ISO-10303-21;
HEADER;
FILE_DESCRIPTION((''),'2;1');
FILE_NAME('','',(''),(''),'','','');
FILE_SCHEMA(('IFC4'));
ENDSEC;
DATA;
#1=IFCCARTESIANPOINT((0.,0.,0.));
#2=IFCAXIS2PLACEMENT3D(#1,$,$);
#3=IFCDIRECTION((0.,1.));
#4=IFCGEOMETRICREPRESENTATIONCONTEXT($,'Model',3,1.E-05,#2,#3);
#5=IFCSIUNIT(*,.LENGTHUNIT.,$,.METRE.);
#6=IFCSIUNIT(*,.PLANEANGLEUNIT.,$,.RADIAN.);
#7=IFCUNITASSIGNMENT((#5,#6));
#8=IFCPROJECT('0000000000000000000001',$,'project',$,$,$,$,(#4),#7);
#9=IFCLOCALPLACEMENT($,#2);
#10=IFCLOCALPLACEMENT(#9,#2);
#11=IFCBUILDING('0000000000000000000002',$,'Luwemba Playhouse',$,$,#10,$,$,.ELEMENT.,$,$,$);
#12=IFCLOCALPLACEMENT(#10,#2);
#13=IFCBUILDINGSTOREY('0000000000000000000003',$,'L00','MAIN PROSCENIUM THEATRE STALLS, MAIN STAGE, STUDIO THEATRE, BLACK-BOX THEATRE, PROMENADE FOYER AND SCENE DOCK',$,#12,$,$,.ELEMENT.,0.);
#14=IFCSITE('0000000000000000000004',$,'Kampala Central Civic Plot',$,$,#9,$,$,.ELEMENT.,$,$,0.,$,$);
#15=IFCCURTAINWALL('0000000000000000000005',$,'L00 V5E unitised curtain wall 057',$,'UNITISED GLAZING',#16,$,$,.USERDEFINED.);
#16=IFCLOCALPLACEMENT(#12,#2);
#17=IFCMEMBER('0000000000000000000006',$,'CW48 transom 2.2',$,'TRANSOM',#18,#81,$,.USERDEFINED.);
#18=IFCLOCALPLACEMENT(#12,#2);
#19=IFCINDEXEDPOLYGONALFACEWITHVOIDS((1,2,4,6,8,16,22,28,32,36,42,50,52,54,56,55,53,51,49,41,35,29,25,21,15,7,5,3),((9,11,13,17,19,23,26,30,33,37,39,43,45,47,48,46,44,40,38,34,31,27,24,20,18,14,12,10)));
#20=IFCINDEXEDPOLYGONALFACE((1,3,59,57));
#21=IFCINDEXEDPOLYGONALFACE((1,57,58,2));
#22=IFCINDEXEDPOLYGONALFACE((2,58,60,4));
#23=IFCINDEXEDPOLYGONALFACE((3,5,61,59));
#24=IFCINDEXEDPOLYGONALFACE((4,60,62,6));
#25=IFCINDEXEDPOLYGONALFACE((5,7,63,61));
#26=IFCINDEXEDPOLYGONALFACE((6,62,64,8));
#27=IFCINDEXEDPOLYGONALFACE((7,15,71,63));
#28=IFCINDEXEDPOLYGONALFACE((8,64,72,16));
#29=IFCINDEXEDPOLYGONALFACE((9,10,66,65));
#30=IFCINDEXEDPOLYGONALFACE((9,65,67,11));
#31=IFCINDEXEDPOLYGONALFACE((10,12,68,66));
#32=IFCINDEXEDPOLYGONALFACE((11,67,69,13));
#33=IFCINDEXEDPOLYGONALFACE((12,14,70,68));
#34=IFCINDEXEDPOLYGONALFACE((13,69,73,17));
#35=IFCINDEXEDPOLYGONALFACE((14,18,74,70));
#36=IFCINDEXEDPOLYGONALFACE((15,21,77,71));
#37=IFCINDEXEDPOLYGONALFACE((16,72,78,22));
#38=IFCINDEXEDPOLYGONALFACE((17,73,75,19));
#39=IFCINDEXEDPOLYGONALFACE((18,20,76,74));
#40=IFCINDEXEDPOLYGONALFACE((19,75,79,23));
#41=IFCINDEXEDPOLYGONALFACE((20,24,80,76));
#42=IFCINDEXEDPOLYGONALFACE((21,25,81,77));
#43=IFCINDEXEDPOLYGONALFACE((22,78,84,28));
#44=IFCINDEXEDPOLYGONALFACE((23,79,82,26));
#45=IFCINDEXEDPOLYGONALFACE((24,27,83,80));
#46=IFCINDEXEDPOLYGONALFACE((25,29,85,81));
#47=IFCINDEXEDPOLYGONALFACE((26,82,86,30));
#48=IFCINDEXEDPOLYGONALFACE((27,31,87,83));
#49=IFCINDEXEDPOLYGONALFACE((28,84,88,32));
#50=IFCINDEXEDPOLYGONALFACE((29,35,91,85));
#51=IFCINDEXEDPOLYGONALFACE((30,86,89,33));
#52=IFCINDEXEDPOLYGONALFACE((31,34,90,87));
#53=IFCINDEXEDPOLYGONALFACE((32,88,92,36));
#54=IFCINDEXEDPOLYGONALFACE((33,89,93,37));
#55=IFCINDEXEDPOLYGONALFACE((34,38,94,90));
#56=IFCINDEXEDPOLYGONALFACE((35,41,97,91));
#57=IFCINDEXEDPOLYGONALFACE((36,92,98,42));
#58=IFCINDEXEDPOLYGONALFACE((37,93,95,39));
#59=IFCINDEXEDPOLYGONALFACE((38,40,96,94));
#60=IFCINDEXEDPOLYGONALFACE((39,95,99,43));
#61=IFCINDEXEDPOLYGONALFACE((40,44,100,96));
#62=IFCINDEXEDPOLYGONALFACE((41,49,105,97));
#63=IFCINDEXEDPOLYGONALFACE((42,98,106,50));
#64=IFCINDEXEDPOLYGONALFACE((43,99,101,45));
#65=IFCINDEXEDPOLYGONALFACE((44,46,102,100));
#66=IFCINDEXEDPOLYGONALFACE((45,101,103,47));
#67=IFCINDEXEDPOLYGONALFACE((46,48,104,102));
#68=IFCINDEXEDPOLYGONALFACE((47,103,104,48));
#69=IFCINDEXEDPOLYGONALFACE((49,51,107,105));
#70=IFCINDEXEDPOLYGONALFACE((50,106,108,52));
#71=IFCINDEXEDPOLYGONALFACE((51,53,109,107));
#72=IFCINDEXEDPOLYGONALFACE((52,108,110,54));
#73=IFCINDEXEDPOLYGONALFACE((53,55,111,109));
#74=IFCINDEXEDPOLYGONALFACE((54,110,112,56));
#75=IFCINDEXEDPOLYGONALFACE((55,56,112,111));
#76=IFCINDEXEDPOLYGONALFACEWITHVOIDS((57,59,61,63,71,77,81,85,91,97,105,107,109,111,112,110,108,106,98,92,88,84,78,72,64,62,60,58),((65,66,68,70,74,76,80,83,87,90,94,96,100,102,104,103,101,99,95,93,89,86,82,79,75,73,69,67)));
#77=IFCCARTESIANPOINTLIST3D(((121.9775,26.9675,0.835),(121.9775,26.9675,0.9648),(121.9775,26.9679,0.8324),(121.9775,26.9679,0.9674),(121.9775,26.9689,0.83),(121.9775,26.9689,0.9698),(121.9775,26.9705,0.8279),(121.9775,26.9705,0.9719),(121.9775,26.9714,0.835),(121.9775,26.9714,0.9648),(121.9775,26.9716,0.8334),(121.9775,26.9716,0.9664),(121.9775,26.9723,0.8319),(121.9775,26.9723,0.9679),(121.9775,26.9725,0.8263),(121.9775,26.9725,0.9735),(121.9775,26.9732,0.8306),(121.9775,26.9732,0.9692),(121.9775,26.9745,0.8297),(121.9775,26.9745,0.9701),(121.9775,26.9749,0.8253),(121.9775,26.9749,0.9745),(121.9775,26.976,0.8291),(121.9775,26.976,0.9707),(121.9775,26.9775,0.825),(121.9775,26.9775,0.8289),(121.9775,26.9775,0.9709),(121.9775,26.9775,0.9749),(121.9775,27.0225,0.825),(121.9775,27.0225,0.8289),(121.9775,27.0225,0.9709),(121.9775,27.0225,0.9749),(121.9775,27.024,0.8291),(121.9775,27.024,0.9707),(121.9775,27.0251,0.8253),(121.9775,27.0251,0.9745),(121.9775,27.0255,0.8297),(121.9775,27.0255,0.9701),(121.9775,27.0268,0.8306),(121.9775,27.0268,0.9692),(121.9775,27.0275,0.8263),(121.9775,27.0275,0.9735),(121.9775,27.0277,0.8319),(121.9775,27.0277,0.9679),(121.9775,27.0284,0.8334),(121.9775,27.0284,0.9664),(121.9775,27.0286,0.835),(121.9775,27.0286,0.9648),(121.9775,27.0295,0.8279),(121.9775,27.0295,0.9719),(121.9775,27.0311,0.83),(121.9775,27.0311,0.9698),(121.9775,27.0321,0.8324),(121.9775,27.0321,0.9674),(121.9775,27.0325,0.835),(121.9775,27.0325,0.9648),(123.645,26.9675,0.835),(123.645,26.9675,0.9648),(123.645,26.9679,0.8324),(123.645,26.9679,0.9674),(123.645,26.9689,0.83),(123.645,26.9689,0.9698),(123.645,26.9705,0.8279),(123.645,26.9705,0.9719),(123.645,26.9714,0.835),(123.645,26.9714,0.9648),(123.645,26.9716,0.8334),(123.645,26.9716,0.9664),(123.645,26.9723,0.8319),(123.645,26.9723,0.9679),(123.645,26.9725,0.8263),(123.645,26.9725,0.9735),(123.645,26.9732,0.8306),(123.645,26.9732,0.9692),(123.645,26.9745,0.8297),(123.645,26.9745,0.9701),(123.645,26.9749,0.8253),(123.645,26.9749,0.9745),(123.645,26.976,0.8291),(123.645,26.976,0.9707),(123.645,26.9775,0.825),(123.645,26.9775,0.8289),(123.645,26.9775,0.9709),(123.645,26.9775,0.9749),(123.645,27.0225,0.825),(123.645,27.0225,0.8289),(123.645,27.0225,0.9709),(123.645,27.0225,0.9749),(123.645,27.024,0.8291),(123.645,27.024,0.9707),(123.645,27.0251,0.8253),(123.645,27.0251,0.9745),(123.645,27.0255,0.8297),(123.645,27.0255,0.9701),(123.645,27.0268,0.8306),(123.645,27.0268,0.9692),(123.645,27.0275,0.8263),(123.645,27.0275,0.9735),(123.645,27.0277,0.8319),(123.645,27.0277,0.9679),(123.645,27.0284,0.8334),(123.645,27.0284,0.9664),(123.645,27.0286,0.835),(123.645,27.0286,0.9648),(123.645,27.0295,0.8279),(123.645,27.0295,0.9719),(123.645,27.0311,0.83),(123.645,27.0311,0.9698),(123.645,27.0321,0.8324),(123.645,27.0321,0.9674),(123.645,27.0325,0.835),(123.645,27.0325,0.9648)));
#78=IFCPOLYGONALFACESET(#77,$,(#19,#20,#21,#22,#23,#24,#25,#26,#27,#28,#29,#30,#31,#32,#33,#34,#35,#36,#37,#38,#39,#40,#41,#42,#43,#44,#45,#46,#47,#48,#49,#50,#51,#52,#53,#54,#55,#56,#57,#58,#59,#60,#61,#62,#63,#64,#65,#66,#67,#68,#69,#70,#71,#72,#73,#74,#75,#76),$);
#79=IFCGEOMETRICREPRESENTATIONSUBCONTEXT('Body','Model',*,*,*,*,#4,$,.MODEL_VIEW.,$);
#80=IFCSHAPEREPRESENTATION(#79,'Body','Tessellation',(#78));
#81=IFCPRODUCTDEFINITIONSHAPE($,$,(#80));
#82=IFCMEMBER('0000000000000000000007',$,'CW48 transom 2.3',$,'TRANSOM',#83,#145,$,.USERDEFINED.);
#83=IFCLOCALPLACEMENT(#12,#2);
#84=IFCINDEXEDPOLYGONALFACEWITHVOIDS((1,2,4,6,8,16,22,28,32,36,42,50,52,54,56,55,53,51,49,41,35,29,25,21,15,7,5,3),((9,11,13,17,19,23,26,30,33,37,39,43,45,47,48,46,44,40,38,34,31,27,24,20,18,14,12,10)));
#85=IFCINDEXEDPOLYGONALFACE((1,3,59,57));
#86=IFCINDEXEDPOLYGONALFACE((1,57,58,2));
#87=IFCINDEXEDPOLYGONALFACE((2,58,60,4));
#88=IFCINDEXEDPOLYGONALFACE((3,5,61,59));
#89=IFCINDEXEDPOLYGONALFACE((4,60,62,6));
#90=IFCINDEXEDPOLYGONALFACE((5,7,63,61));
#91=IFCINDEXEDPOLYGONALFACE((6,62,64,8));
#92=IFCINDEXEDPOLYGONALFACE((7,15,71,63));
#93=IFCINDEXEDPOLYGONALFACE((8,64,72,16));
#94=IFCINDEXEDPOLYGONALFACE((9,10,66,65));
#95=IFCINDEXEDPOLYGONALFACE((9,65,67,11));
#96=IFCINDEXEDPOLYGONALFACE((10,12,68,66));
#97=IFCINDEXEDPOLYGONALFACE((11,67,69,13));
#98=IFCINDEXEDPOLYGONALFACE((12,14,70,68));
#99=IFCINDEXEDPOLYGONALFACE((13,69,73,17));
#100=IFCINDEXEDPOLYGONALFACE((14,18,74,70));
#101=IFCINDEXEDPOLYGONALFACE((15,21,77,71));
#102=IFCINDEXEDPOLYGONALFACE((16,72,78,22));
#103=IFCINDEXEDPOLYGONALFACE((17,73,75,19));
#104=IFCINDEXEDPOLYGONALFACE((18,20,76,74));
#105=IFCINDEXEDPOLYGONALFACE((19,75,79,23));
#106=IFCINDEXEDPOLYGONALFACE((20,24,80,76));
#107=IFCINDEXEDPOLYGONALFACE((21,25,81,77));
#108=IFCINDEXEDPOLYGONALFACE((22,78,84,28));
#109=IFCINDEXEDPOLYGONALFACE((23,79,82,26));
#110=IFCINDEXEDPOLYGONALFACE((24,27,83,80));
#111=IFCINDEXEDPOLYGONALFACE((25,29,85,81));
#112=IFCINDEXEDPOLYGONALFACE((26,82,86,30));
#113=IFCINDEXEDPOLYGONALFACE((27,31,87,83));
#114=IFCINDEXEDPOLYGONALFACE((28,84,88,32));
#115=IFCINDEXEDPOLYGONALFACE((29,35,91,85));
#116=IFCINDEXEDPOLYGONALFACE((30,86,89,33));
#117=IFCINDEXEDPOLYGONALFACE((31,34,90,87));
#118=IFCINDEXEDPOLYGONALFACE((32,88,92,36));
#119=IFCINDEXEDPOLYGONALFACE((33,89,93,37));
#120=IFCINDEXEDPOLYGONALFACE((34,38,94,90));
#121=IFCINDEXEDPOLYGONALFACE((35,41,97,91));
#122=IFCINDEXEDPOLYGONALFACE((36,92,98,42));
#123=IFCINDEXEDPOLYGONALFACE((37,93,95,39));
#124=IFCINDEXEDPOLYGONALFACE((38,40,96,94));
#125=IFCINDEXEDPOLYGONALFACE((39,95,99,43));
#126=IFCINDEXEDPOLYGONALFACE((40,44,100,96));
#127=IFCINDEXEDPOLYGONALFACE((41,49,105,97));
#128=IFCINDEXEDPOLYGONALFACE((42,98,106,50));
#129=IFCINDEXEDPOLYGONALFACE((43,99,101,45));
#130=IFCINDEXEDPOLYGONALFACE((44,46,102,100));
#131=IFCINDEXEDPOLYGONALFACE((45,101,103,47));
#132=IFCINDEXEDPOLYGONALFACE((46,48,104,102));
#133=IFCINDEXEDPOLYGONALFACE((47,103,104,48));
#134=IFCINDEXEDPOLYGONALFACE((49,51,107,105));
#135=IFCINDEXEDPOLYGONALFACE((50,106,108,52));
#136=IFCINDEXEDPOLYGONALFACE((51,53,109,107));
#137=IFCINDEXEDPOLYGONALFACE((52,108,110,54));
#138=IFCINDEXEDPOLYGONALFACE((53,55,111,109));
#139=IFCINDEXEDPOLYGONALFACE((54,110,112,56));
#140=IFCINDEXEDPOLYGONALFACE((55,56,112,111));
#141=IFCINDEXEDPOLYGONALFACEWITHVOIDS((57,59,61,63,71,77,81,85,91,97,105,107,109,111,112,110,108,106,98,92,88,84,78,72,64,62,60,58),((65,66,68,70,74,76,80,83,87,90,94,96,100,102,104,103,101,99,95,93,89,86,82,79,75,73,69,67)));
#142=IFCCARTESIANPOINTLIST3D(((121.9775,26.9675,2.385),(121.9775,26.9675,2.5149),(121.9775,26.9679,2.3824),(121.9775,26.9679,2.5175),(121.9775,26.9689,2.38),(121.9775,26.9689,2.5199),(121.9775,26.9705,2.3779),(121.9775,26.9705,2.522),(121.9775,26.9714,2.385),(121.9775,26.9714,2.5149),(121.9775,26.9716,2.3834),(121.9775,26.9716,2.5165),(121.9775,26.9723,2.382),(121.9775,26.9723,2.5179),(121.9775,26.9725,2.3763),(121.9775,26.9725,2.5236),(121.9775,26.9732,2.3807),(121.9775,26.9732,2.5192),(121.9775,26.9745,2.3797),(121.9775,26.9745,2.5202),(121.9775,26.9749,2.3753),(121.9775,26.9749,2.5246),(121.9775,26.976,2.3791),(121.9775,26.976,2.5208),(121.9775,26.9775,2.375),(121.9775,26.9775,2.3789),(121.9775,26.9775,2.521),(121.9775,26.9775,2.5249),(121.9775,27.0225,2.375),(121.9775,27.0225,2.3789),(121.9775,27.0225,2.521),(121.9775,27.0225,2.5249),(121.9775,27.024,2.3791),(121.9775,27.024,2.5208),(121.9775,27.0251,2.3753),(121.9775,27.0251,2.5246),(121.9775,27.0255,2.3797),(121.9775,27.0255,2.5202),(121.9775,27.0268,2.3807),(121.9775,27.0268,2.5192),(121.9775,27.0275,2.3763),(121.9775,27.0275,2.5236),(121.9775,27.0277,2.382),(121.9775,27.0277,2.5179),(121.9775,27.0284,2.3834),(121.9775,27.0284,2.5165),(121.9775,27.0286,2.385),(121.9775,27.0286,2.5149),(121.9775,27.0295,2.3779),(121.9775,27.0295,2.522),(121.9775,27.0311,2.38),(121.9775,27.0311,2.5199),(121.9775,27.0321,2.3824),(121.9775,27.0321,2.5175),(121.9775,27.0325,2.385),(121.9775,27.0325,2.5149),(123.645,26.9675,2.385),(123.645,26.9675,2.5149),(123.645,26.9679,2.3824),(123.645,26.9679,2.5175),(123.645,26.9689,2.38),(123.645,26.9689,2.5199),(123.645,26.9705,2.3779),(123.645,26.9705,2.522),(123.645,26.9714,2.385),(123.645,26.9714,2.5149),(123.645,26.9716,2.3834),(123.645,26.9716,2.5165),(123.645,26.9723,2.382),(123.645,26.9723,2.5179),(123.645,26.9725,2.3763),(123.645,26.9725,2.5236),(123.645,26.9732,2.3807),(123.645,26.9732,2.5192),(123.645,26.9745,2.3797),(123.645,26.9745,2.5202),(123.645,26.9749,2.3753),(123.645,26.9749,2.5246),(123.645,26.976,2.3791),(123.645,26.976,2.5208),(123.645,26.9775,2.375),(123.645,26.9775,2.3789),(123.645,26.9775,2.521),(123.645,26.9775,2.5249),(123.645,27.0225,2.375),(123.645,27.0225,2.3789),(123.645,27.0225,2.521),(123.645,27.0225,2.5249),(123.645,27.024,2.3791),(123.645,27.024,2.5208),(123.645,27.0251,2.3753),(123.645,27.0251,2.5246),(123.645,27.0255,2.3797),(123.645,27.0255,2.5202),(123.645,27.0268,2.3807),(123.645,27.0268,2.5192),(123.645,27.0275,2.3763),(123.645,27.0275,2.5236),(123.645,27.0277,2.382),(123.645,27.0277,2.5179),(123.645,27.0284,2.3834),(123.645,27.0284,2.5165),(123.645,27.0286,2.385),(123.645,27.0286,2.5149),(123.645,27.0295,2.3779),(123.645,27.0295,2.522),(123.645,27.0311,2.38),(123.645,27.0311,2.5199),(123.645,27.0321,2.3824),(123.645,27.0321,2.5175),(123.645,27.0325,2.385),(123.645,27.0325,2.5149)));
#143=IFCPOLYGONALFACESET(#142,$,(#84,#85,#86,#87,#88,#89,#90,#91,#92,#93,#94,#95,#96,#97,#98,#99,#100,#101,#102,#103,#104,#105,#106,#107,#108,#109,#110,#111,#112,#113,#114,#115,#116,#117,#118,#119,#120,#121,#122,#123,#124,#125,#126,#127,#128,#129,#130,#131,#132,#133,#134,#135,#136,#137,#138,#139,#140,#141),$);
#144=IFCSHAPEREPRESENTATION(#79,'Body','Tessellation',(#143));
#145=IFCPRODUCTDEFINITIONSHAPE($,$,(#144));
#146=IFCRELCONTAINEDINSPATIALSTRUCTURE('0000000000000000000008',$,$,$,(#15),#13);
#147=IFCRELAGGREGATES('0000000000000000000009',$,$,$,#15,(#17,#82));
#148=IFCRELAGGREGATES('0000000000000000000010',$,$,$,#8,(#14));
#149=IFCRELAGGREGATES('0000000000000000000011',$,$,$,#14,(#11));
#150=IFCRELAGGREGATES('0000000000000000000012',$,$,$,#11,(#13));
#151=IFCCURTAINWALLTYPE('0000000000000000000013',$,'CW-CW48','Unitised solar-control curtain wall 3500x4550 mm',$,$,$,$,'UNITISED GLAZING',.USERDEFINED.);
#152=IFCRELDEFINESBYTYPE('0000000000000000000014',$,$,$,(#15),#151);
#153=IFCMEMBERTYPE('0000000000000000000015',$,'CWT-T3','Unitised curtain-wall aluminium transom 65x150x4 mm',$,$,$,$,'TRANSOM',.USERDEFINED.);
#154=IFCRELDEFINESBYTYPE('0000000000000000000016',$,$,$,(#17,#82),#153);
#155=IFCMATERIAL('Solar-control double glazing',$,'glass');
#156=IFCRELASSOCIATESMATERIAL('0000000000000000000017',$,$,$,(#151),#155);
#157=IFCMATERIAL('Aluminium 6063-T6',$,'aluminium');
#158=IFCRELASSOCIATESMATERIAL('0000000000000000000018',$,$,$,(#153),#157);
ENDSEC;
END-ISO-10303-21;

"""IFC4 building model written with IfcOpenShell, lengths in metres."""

from ifc_helpers import new_model, si_unit, direction, frame, origin, origin_2d, place, context, subcontext, project, spatial, hollow_rectangle, extrude, material, material_profile, profile_set, type_object, element, aggregate, save


model = new_model("IFC4")

# Units and contexts
model_context = context("Model", 3, precision=1e-05, world=origin(), true_north=direction((0.0, 1.0)))
body_context = subcontext(model_context, "Body", "Model", "MODEL_VIEW")
ifc_project = project(units=[si_unit("LENGTHUNIT", "METRE"), si_unit("PLANEANGLEUNIT", "RADIAN")], contexts=[model_context])

# Site, building, storey
site_placement = place(None, origin())
site = spatial("IfcSite", under=ifc_project, at=site_placement, Name="Kampala Central Civic Plot", CompositionType="ELEMENT", RefElevation=0.0)
building_placement = place(site_placement, origin())
building = spatial("IfcBuilding", under=site, at=building_placement, Name="Luwemba Playhouse", CompositionType="ELEMENT")
storey_placement = place(building_placement, origin())
storey = spatial("IfcBuildingStorey", under=building, at=storey_placement, Name="L00", Description="MAIN PROSCENIUM THEATRE STALLS, MAIN STAGE, STUDIO THEATRE, BLACK-BOX THEATRE, PROMENADE FOYER AND SCENE DOCK", CompositionType="ELEMENT", Elevation=0.0)

# Shared definitions
ifc_material_1 = material(Name="Solar-control double glazing", Category="glass")
ifc_material_2 = material(Name="Aluminium 6063-T6", Category="aluminium")

# Curtain wall
curtain_wall_type_1 = type_object("IfcCurtainWallType", Name="CW-CW48", Description="Unitised solar-control curtain wall 3500x4550 mm", ElementType="UNITISED GLAZING", PredefinedType="USERDEFINED", material=ifc_material_1)
curtain_wall_1_placement = place(storey_placement, origin())
curtain_wall_1 = element("IfcCurtainWall", 1, at=curtain_wall_1_placement, inside=storey, type_object=curtain_wall_type_1, Name="L00 V5E unitised curtain wall 057", ObjectType="UNITISED GLAZING", PredefinedType="USERDEFINED")

# Members
ifc_material_profile_1 = material_profile(ifc_material_2, hollow_rectangle(XDim=0.0649, YDim=0.1499, WallThickness=0.0039, InnerFilletRadius=0.0061, OuterFilletRadius=0.01, at=origin_2d()))
ifc_profile_set_1 = profile_set([ifc_material_profile_1], Name="Aluminium 6063-T6")
member_type_1 = type_object("IfcMemberType", Name="CWT-T3", Description="Unitised curtain-wall aluminium transom 65x150x4 mm", ElementType="TRANSOM", PredefinedType="USERDEFINED", material=ifc_profile_set_1)
member_1_placement = place(storey_placement, frame((121.9775, 27.0, 0.8999), z_axis=(1.0, 0.0, 0.0), x_axis=(0.0, 1.0, 0.0)))
member_1 = element("IfcMember", 2, at=member_1_placement, type_object=member_type_1, Name="CW48 transom 2.2", ObjectType="TRANSOM", PredefinedType="USERDEFINED", context=body_context, shape_type="SweptSolid", body=[
    extrude(hollow_rectangle(XDim=0.0649, YDim=0.1499, WallThickness=0.0039, InnerFilletRadius=0.0061, OuterFilletRadius=0.01, at=origin_2d()), origin(), (0.0, 0.0, 1.0), 1.6675),
])
member_2_placement = place(storey_placement, frame((121.9775, 27.0, 2.45), z_axis=(1.0, 0.0, 0.0), x_axis=(0.0, 1.0, 0.0)))
member_2 = element("IfcMember", 3, at=member_2_placement, type_object=member_type_1, Name="CW48 transom 2.3", ObjectType="TRANSOM", PredefinedType="USERDEFINED", context=body_context, shape_type="SweptSolid", body=[
    extrude(hollow_rectangle(XDim=0.0649, YDim=0.1499, WallThickness=0.0039, InnerFilletRadius=0.0061, OuterFilletRadius=0.01, at=origin_2d()), origin(), (0.0, 0.0, 1.0), 1.6675),
])

aggregate(curtain_wall_1, [member_1, member_2])

save(model, "model.ifc")
